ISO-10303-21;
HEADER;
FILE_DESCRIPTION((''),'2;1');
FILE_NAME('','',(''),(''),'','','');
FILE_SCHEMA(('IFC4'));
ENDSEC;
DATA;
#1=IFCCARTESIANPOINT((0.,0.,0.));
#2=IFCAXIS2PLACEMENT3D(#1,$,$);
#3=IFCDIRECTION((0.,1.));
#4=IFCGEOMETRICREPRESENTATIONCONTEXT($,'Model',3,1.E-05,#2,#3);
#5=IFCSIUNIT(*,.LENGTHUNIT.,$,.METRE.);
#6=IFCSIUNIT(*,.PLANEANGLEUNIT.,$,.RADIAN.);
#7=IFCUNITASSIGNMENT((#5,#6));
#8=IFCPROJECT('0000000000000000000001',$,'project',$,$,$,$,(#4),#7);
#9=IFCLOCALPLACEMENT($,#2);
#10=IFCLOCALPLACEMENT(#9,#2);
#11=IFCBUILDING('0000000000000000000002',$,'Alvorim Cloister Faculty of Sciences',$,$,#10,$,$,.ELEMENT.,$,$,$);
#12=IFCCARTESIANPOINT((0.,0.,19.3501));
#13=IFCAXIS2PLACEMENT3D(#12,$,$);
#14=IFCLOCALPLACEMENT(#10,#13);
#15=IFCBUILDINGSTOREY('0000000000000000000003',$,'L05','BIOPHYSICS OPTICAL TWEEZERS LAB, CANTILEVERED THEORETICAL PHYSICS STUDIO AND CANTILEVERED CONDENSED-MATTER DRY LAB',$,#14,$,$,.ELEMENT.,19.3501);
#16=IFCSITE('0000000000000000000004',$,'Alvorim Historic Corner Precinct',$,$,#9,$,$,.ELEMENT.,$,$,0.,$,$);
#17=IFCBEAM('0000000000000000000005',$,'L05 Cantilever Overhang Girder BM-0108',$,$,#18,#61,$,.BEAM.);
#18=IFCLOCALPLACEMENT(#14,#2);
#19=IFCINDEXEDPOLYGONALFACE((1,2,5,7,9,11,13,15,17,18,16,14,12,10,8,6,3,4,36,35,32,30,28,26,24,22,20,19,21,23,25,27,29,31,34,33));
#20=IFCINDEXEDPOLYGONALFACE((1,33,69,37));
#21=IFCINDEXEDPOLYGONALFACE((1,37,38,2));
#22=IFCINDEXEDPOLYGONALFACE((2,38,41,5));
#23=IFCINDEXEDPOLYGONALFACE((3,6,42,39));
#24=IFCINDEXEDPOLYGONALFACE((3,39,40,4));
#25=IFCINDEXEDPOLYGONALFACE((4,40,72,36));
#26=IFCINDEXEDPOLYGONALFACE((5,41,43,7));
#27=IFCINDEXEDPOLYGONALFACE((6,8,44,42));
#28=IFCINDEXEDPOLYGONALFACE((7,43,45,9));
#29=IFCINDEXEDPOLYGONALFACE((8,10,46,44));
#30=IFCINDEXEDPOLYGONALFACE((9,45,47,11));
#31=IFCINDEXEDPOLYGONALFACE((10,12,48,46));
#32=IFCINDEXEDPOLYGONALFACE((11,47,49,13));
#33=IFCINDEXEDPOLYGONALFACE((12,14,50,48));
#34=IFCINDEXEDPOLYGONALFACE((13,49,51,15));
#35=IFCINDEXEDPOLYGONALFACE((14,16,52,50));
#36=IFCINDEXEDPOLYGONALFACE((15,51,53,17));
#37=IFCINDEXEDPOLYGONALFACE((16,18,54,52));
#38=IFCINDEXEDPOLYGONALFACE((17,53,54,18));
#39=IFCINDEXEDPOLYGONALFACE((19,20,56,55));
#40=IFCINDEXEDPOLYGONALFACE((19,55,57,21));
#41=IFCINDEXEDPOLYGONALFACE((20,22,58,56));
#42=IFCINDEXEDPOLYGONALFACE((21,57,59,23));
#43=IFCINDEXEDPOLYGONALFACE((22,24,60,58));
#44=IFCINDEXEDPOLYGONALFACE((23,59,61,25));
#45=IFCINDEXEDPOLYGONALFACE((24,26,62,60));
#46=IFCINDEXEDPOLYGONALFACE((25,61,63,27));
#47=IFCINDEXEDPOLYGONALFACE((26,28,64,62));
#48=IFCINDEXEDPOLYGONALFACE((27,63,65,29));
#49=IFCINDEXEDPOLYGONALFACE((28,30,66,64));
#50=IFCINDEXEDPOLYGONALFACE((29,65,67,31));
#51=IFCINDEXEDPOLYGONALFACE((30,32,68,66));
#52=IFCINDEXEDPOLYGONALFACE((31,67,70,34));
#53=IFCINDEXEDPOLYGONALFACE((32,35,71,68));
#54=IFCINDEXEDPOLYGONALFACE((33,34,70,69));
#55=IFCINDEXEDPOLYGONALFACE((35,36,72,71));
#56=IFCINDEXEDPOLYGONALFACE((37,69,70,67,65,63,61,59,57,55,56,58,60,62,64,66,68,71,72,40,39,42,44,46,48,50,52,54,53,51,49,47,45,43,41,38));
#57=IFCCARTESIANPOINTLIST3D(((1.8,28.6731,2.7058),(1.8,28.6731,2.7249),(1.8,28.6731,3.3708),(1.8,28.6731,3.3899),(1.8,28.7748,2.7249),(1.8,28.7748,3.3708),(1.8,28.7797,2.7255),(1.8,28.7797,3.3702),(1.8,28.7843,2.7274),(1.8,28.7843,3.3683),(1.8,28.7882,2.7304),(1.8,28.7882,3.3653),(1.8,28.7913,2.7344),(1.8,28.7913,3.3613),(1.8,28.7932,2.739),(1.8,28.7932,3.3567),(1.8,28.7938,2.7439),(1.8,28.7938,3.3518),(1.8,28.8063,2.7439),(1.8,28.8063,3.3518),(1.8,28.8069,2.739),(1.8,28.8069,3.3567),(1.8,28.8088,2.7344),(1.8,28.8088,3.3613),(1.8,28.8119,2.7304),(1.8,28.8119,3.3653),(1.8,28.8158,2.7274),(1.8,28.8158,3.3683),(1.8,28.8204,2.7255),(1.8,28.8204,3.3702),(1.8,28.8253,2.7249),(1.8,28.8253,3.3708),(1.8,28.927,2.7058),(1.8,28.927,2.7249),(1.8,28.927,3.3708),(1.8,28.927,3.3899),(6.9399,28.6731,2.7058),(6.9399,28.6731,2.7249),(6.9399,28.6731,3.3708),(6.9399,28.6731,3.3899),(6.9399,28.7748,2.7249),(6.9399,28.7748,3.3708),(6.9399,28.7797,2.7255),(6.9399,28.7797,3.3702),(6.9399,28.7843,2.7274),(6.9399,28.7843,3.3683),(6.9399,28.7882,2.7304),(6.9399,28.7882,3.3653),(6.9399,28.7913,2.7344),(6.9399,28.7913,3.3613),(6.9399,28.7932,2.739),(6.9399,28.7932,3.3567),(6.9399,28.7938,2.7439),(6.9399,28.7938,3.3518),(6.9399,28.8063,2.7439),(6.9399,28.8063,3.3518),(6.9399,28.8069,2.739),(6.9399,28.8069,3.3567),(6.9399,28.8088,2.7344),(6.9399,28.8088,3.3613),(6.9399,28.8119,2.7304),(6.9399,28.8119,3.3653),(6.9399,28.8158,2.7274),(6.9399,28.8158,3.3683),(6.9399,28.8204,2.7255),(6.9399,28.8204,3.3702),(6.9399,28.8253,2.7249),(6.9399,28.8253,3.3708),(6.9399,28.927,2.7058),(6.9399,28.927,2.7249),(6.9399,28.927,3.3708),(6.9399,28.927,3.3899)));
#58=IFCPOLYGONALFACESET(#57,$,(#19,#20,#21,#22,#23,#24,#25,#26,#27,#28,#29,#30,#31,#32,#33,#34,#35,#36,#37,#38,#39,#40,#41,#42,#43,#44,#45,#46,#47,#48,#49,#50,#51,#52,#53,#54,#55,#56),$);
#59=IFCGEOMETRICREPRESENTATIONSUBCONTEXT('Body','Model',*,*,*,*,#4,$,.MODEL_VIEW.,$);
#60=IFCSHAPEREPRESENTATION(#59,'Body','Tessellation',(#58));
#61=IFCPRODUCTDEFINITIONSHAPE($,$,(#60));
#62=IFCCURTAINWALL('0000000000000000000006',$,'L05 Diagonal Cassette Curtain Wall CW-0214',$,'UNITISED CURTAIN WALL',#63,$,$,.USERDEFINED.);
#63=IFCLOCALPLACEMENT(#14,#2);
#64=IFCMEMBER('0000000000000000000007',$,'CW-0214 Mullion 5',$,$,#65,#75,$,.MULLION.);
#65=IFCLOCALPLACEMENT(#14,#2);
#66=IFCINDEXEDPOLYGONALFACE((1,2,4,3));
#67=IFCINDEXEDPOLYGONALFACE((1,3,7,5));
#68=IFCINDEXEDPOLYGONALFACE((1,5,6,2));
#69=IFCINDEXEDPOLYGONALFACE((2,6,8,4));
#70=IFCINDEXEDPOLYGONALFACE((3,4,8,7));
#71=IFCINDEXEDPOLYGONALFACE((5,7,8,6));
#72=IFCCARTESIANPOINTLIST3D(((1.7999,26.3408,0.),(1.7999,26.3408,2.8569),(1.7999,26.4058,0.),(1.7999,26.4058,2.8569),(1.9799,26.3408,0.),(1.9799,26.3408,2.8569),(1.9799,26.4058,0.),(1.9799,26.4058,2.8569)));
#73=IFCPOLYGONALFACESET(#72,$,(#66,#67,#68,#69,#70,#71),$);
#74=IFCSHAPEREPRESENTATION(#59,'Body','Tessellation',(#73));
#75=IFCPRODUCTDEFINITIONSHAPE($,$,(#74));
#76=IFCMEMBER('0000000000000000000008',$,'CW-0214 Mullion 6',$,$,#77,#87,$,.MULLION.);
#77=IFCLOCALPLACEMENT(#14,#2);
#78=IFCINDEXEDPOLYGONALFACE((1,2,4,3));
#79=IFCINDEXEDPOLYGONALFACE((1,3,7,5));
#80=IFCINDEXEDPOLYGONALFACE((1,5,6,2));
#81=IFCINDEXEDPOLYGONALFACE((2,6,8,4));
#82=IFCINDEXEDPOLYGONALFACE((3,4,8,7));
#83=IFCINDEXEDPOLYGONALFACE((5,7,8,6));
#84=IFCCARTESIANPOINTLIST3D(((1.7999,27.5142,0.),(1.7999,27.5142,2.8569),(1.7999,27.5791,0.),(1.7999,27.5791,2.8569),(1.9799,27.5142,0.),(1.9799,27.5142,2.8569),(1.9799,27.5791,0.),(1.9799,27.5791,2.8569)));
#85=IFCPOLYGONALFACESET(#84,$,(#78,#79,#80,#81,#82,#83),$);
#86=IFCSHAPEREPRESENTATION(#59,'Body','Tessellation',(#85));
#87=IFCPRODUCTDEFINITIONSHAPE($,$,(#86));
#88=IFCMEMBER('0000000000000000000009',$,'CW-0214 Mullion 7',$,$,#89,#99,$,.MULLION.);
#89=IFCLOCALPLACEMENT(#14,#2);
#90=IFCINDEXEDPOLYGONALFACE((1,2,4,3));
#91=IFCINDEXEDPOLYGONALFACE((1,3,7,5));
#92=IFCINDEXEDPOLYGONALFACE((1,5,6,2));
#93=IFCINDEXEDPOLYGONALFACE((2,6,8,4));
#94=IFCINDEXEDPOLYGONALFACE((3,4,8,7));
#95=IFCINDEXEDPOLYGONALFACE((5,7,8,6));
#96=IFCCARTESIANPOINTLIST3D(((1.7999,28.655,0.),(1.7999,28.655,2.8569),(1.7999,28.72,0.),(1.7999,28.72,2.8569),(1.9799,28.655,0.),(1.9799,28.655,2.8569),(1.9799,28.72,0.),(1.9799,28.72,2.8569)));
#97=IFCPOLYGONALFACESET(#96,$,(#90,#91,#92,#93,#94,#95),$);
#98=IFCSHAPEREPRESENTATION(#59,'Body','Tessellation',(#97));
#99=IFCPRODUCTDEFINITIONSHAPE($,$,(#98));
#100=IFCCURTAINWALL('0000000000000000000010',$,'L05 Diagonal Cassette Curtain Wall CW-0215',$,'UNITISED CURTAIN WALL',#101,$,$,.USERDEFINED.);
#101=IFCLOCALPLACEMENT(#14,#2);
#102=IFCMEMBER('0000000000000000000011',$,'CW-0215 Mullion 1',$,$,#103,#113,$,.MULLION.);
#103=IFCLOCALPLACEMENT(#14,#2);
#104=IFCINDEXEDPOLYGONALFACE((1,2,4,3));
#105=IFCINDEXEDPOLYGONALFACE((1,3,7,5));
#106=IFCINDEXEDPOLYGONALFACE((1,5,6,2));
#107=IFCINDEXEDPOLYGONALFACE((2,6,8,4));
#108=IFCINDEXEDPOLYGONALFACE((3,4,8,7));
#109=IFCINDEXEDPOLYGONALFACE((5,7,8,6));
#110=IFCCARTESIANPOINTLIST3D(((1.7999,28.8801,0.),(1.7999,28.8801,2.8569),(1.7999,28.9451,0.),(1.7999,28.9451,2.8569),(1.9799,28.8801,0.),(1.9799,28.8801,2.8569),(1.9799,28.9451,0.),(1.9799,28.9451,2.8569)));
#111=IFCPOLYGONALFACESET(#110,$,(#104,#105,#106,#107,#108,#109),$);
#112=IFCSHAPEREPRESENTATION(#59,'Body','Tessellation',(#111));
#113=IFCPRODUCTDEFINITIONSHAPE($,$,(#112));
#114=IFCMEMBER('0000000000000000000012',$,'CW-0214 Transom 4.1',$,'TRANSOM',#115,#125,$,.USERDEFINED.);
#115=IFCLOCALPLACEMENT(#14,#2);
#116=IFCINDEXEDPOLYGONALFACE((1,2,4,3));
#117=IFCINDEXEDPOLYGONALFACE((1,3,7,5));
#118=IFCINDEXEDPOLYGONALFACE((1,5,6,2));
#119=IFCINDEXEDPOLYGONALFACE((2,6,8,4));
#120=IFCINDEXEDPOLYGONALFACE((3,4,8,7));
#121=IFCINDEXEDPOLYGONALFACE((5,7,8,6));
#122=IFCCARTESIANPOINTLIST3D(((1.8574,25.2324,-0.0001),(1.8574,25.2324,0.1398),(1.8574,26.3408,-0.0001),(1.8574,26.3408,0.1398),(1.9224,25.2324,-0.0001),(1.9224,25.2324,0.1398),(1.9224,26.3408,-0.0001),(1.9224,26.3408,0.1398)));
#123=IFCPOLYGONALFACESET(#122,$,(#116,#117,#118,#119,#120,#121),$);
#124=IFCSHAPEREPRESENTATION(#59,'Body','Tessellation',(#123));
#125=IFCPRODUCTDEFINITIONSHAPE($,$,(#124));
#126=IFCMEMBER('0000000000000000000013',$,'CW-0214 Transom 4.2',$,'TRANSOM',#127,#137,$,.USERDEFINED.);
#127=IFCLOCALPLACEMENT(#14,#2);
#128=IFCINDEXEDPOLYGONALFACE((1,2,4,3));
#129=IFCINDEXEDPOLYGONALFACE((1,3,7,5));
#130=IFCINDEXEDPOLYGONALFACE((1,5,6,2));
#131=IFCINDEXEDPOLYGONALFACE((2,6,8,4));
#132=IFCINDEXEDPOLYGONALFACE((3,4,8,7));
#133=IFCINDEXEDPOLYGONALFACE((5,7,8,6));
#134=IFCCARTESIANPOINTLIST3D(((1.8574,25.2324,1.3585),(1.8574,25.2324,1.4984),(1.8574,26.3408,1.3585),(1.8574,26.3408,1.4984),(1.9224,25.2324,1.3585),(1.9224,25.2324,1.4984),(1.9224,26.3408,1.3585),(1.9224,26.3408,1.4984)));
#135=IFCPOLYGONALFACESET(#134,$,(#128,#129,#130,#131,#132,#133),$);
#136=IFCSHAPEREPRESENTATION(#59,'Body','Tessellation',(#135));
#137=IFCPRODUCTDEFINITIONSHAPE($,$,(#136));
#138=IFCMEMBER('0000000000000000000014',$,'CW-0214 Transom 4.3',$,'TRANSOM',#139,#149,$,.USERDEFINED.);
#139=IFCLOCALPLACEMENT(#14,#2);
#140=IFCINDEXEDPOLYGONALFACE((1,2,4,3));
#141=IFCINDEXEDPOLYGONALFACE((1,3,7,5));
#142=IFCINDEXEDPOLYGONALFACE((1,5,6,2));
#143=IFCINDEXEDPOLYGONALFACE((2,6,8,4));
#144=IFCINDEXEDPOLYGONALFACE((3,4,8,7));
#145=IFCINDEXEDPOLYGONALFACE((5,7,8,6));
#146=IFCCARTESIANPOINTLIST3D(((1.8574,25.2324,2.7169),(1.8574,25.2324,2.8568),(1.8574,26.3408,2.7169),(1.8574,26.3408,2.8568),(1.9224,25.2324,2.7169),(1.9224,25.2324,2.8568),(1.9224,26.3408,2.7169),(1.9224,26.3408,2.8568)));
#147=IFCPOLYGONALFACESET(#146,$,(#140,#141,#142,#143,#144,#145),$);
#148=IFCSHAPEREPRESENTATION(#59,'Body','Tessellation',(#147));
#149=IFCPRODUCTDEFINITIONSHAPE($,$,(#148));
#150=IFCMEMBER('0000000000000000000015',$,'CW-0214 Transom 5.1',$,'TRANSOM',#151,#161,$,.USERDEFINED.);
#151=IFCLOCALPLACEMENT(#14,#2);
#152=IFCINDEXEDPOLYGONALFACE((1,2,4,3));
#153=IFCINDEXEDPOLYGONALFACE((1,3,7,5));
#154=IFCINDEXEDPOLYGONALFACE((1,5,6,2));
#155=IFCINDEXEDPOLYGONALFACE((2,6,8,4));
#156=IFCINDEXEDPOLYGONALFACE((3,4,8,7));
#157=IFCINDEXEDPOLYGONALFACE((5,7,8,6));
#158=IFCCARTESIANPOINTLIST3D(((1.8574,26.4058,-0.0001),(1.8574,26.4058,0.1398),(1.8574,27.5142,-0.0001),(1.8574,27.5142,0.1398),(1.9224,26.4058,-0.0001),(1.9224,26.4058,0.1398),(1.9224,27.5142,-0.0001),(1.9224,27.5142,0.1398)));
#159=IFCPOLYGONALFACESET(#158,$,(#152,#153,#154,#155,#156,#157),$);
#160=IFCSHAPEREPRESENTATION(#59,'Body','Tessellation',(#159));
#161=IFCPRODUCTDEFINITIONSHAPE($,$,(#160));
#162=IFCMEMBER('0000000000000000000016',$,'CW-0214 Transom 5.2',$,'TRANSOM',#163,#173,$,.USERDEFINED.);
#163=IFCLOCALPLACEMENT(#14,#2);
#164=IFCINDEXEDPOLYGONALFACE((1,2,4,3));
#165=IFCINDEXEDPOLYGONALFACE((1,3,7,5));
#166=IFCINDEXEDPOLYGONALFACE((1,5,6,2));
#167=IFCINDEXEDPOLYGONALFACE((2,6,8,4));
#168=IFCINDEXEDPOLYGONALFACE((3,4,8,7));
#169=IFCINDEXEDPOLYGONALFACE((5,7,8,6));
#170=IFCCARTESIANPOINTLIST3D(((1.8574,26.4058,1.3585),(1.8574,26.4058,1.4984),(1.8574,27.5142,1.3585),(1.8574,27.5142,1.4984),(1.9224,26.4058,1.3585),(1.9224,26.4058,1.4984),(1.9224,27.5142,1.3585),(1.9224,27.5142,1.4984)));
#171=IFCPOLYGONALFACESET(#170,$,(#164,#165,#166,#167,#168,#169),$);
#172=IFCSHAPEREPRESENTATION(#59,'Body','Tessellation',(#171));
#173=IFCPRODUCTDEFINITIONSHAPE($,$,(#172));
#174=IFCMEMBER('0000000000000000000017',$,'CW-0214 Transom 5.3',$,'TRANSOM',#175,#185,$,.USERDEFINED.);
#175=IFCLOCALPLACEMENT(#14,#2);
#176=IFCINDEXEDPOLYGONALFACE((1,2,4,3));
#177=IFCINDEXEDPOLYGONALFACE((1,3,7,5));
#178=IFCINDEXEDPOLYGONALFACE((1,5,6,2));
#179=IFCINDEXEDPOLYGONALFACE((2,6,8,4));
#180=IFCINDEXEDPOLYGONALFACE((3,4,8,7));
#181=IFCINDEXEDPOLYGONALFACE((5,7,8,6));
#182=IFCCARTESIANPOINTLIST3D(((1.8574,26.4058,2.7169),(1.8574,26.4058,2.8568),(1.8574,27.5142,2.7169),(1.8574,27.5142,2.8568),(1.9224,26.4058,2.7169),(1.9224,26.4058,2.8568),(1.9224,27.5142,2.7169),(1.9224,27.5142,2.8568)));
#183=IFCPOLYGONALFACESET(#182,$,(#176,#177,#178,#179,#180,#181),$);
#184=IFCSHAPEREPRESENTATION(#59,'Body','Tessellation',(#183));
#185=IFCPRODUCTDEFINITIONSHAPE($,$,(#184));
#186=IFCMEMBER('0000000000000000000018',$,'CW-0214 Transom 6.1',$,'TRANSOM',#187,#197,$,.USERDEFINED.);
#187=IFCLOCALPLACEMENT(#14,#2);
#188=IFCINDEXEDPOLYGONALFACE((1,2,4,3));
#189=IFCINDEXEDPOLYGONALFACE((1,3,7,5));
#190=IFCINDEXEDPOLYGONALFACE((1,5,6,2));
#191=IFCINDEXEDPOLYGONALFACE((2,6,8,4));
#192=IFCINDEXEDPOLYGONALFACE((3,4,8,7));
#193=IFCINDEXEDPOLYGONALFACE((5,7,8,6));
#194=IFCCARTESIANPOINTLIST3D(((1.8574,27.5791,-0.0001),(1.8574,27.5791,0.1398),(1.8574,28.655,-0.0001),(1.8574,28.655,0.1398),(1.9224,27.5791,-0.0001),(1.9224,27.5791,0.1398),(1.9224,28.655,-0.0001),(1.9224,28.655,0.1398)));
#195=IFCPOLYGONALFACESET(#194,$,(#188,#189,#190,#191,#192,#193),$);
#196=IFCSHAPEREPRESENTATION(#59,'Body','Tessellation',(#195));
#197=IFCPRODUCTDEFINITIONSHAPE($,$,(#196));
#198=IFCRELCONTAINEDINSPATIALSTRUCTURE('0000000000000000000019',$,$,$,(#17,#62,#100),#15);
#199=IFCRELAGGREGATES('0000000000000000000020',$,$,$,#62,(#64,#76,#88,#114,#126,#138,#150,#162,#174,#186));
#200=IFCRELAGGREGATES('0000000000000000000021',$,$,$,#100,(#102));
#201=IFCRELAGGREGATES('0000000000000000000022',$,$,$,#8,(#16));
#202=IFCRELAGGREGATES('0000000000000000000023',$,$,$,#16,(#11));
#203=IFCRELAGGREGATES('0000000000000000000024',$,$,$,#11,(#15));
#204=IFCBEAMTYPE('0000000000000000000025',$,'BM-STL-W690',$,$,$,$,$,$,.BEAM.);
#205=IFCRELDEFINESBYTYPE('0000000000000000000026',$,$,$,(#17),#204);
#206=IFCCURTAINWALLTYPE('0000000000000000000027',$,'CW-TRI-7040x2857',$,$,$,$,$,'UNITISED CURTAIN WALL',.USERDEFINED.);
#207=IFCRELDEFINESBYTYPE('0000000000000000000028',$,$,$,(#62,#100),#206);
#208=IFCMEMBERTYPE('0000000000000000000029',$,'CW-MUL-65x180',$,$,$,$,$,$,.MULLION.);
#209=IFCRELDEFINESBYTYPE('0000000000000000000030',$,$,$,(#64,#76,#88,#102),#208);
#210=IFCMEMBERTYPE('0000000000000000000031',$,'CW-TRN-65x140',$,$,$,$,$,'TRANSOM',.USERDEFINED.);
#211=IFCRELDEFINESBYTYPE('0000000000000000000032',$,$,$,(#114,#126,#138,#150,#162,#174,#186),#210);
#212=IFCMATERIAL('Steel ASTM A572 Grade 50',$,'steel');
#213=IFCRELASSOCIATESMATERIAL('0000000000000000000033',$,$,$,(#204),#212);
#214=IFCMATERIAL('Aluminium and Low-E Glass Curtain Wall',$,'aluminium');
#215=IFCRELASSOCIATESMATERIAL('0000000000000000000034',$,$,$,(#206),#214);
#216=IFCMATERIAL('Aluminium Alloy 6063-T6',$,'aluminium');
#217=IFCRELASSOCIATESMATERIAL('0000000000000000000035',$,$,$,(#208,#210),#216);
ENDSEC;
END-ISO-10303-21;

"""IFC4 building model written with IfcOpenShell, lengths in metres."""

from ifc_helpers import new_model, si_unit, direction, frame, origin, origin_2d, place, context, subcontext, project, spatial, rectangle, i_section, extrude, material, material_profile, profile_set, type_object, element, aggregate, save


model = new_model("IFC4")

# Units and contexts
model_context = context("Model", 3, precision=1e-05, world=origin(), true_north=direction((0.0, 1.0)))
body_context = subcontext(model_context, "Body", "Model", "MODEL_VIEW")
ifc_project = project(units=[si_unit("LENGTHUNIT", "METRE"), si_unit("PLANEANGLEUNIT", "RADIAN")], contexts=[model_context])

# Site, building, storey
site_placement = place(None, origin())
site = spatial("IfcSite", under=ifc_project, at=site_placement, Name="Alvorim Historic Corner Precinct", CompositionType="ELEMENT", RefElevation=0.0)
building_placement = place(site_placement, origin())
building = spatial("IfcBuilding", under=site, at=building_placement, Name="Alvorim Cloister Faculty of Sciences", CompositionType="ELEMENT")
storey_placement = place(building_placement, frame((0.0, 0.0, 19.3501)))
storey = spatial("IfcBuildingStorey", under=building, at=storey_placement, Name="L05", Description="BIOPHYSICS OPTICAL TWEEZERS LAB, CANTILEVERED THEORETICAL PHYSICS STUDIO AND CANTILEVERED CONDENSED-MATTER DRY LAB", CompositionType="ELEMENT", Elevation=19.3501)

# Beam
ifc_material_1 = material(Name="Steel ASTM A572 Grade 50", Category="steel")
ifc_material_profile_1 = material_profile(ifc_material_1, i_section(OverallWidth=0.2539, OverallDepth=0.6841, WebThickness=0.0125, FlangeThickness=0.019, FilletRadius=0.019, at=origin_2d()), Name="W690x140.0")
ifc_profile_set_1 = profile_set([ifc_material_profile_1], Name="Steel ASTM A572 Grade 50")
beam_type = type_object("IfcBeamType", Name="BM-STL-W690", PredefinedType="BEAM", material=ifc_profile_set_1)
beam_placement = place(storey_placement, frame((1.8, 28.8, 3.0479), z_axis=(1.0, 0.0, 0.0), x_axis=(0.0, 1.0, 0.0)))
element("IfcBeam", 1, at=beam_placement, inside=storey, type_object=beam_type, Name="L05 Cantilever Overhang Girder BM-0108", PredefinedType="BEAM", context=body_context, shape_type="SweptSolid", body=[
    extrude(i_section(OverallWidth=0.2539, OverallDepth=0.6841, WebThickness=0.0125, FlangeThickness=0.019, FilletRadius=0.019, at=origin_2d()), origin(), (0.0, 0.0, 1.0), 5.1399),
])

# Curtain wall, members
ifc_material_2 = material(Name="Aluminium and Low-E Glass Curtain Wall", Category="aluminium")
curtain_wall_type = type_object("IfcCurtainWallType", Name="CW-TRI-7040x2857", ElementType="UNITISED CURTAIN WALL", PredefinedType="USERDEFINED", material=ifc_material_2)
curtain_wall_1_placement = place(storey_placement, origin())
curtain_wall_1 = element("IfcCurtainWall", 2, at=curtain_wall_1_placement, inside=storey, type_object=curtain_wall_type, Name="L05 Diagonal Cassette Curtain Wall CW-0214", ObjectType="UNITISED CURTAIN WALL", PredefinedType="USERDEFINED")
ifc_material_3 = material(Name="Aluminium Alloy 6063-T6", Category="aluminium")
ifc_material_profile_2 = material_profile(ifc_material_3, rectangle(XDim=0.0649, YDim=0.1799, at=origin_2d()), Name="ALU-MUL-65x180")
ifc_profile_set_2 = profile_set([ifc_material_profile_2], Name="Aluminium Alloy 6063-T6")
member_type_1 = type_object("IfcMemberType", Name="CW-MUL-65x180", PredefinedType="MULLION", material=ifc_profile_set_2)
member_1_placement = place(storey_placement, frame((1.8899, 26.3733, 0.0), z_axis=(0.0, 0.0, 1.0), x_axis=(0.0, 1.0, 0.0)))
member_1 = element("IfcMember", 3, at=member_1_placement, type_object=member_type_1, Name="CW-0214 Mullion 5", PredefinedType="MULLION", context=body_context, shape_type="SweptSolid", body=[
    extrude(rectangle(XDim=0.0649, YDim=0.1799, at=origin_2d()), origin(), (0.0, 0.0, 1.0), 2.8569),
])
member_2_placement = place(storey_placement, frame((1.8899, 27.5466, 0.0), z_axis=(0.0, 0.0, 1.0), x_axis=(0.0, 1.0, 0.0)))
member_2 = element("IfcMember", 4, at=member_2_placement, type_object=member_type_1, Name="CW-0214 Mullion 6", PredefinedType="MULLION", context=body_context, shape_type="SweptSolid", body=[
    extrude(rectangle(XDim=0.0649, YDim=0.1799, at=origin_2d()), origin(), (0.0, 0.0, 1.0), 2.8569),
])
member_3_placement = place(storey_placement, frame((1.8899, 28.6875, 0.0), z_axis=(0.0, 0.0, 1.0), x_axis=(0.0, 1.0, 0.0)))
member_3 = element("IfcMember", 5, at=member_3_placement, type_object=member_type_1, Name="CW-0214 Mullion 7", PredefinedType="MULLION", context=body_context, shape_type="SweptSolid", body=[
    extrude(rectangle(XDim=0.0649, YDim=0.1799, at=origin_2d()), origin(), (0.0, 0.0, 1.0), 2.8569),
])

# Curtain wall, member
curtain_wall_2_placement = place(storey_placement, origin())
curtain_wall_2 = element("IfcCurtainWall", 6, at=curtain_wall_2_placement, inside=storey, type_object=curtain_wall_type, Name="L05 Diagonal Cassette Curtain Wall CW-0215", ObjectType="UNITISED CURTAIN WALL", PredefinedType="USERDEFINED")
member_4_placement = place(storey_placement, frame((1.8899, 28.9126, 0.0), z_axis=(0.0, 0.0, 1.0), x_axis=(0.0, 1.0, 0.0)))
member_4 = element("IfcMember", 7, at=member_4_placement, type_object=member_type_1, Name="CW-0215 Mullion 1", PredefinedType="MULLION", context=body_context, shape_type="SweptSolid", body=[
    extrude(rectangle(XDim=0.0649, YDim=0.1799, at=origin_2d()), origin(), (0.0, 0.0, 1.0), 2.8569),
])

# Members
ifc_material_profile_3 = material_profile(ifc_material_3, rectangle(XDim=0.0649, YDim=0.1399, at=origin_2d()), Name="ALU-TRN-65x140")
ifc_profile_set_3 = profile_set([ifc_material_profile_3], Name="Aluminium Alloy 6063-T6")
member_type_2 = type_object("IfcMemberType", Name="CW-TRN-65x140", ElementType="TRANSOM", PredefinedType="USERDEFINED", material=ifc_profile_set_3)
member_5_placement = place(storey_placement, frame((1.8899, 25.2324, 0.0698), z_axis=(0.0, 1.0, 0.0), x_axis=(-1.0, 0.0, 0.0)))
member_5 = element("IfcMember", 8, at=member_5_placement, type_object=member_type_2, Name="CW-0214 Transom 4.1", ObjectType="TRANSOM", PredefinedType="USERDEFINED", context=body_context, shape_type="SweptSolid", body=[
    extrude(rectangle(XDim=0.0649, YDim=0.1399, at=origin_2d()), origin(), (0.0, 0.0, 1.0), 1.1084),
])
member_6_placement = place(storey_placement, frame((1.8899, 25.2324, 1.4285), z_axis=(0.0, 1.0, 0.0), x_axis=(-1.0, 0.0, 0.0)))
member_6 = element("IfcMember", 9, at=member_6_placement, type_object=member_type_2, Name="CW-0214 Transom 4.2", ObjectType="TRANSOM", PredefinedType="USERDEFINED", context=body_context, shape_type="SweptSolid", body=[
    extrude(rectangle(XDim=0.0649, YDim=0.1399, at=origin_2d()), origin(), (0.0, 0.0, 1.0), 1.1084),
])
member_7_placement = place(storey_placement, frame((1.8899, 25.2324, 2.7869), z_axis=(0.0, 1.0, 0.0), x_axis=(-1.0, 0.0, 0.0)))
member_7 = element("IfcMember", 10, at=member_7_placement, type_object=member_type_2, Name="CW-0214 Transom 4.3", ObjectType="TRANSOM", PredefinedType="USERDEFINED", context=body_context, shape_type="SweptSolid", body=[
    extrude(rectangle(XDim=0.0649, YDim=0.1399, at=origin_2d()), origin(), (0.0, 0.0, 1.0), 1.1084),
])
member_8_placement = place(storey_placement, frame((1.8899, 26.4058, 0.0698), z_axis=(0.0, 1.0, 0.0), x_axis=(-1.0, 0.0, 0.0)))
member_8 = element("IfcMember", 11, at=member_8_placement, type_object=member_type_2, Name="CW-0214 Transom 5.1", ObjectType="TRANSOM", PredefinedType="USERDEFINED", context=body_context, shape_type="SweptSolid", body=[
    extrude(rectangle(XDim=0.0649, YDim=0.1399, at=origin_2d()), origin(), (0.0, 0.0, 1.0), 1.1084),
])
member_9_placement = place(storey_placement, frame((1.8899, 26.4058, 1.4285), z_axis=(0.0, 1.0, 0.0), x_axis=(-1.0, 0.0, 0.0)))
member_9 = element("IfcMember", 12, at=member_9_placement, type_object=member_type_2, Name="CW-0214 Transom 5.2", ObjectType="TRANSOM", PredefinedType="USERDEFINED", context=body_context, shape_type="SweptSolid", body=[
    extrude(rectangle(XDim=0.0649, YDim=0.1399, at=origin_2d()), origin(), (0.0, 0.0, 1.0), 1.1084),
])
member_10_placement = place(storey_placement, frame((1.8899, 26.4058, 2.7869), z_axis=(0.0, 1.0, 0.0), x_axis=(-1.0, 0.0, 0.0)))
member_10 = element("IfcMember", 13, at=member_10_placement, type_object=member_type_2, Name="CW-0214 Transom 5.3", ObjectType="TRANSOM", PredefinedType="USERDEFINED", context=body_context, shape_type="SweptSolid", body=[
    extrude(rectangle(XDim=0.0649, YDim=0.1399, at=origin_2d()), origin(), (0.0, 0.0, 1.0), 1.1084),
])
member_11_placement = place(storey_placement, frame((1.8899, 27.5791, 0.0698), z_axis=(0.0, 1.0, 0.0), x_axis=(-1.0, 0.0, 0.0)))
member_11 = element("IfcMember", 14, at=member_11_placement, type_object=member_type_2, Name="CW-0214 Transom 6.1", ObjectType="TRANSOM", PredefinedType="USERDEFINED", context=body_context, shape_type="SweptSolid", body=[
    extrude(rectangle(XDim=0.0649, YDim=0.1399, at=origin_2d()), origin(), (0.0, 0.0, 1.0), 1.0759),
])

aggregate(curtain_wall_1, [member_1, member_2, member_3, member_5, member_6, member_7, member_8, member_9, member_10, member_11])
aggregate(curtain_wall_2, [member_4])

save(model, "model.ifc")
